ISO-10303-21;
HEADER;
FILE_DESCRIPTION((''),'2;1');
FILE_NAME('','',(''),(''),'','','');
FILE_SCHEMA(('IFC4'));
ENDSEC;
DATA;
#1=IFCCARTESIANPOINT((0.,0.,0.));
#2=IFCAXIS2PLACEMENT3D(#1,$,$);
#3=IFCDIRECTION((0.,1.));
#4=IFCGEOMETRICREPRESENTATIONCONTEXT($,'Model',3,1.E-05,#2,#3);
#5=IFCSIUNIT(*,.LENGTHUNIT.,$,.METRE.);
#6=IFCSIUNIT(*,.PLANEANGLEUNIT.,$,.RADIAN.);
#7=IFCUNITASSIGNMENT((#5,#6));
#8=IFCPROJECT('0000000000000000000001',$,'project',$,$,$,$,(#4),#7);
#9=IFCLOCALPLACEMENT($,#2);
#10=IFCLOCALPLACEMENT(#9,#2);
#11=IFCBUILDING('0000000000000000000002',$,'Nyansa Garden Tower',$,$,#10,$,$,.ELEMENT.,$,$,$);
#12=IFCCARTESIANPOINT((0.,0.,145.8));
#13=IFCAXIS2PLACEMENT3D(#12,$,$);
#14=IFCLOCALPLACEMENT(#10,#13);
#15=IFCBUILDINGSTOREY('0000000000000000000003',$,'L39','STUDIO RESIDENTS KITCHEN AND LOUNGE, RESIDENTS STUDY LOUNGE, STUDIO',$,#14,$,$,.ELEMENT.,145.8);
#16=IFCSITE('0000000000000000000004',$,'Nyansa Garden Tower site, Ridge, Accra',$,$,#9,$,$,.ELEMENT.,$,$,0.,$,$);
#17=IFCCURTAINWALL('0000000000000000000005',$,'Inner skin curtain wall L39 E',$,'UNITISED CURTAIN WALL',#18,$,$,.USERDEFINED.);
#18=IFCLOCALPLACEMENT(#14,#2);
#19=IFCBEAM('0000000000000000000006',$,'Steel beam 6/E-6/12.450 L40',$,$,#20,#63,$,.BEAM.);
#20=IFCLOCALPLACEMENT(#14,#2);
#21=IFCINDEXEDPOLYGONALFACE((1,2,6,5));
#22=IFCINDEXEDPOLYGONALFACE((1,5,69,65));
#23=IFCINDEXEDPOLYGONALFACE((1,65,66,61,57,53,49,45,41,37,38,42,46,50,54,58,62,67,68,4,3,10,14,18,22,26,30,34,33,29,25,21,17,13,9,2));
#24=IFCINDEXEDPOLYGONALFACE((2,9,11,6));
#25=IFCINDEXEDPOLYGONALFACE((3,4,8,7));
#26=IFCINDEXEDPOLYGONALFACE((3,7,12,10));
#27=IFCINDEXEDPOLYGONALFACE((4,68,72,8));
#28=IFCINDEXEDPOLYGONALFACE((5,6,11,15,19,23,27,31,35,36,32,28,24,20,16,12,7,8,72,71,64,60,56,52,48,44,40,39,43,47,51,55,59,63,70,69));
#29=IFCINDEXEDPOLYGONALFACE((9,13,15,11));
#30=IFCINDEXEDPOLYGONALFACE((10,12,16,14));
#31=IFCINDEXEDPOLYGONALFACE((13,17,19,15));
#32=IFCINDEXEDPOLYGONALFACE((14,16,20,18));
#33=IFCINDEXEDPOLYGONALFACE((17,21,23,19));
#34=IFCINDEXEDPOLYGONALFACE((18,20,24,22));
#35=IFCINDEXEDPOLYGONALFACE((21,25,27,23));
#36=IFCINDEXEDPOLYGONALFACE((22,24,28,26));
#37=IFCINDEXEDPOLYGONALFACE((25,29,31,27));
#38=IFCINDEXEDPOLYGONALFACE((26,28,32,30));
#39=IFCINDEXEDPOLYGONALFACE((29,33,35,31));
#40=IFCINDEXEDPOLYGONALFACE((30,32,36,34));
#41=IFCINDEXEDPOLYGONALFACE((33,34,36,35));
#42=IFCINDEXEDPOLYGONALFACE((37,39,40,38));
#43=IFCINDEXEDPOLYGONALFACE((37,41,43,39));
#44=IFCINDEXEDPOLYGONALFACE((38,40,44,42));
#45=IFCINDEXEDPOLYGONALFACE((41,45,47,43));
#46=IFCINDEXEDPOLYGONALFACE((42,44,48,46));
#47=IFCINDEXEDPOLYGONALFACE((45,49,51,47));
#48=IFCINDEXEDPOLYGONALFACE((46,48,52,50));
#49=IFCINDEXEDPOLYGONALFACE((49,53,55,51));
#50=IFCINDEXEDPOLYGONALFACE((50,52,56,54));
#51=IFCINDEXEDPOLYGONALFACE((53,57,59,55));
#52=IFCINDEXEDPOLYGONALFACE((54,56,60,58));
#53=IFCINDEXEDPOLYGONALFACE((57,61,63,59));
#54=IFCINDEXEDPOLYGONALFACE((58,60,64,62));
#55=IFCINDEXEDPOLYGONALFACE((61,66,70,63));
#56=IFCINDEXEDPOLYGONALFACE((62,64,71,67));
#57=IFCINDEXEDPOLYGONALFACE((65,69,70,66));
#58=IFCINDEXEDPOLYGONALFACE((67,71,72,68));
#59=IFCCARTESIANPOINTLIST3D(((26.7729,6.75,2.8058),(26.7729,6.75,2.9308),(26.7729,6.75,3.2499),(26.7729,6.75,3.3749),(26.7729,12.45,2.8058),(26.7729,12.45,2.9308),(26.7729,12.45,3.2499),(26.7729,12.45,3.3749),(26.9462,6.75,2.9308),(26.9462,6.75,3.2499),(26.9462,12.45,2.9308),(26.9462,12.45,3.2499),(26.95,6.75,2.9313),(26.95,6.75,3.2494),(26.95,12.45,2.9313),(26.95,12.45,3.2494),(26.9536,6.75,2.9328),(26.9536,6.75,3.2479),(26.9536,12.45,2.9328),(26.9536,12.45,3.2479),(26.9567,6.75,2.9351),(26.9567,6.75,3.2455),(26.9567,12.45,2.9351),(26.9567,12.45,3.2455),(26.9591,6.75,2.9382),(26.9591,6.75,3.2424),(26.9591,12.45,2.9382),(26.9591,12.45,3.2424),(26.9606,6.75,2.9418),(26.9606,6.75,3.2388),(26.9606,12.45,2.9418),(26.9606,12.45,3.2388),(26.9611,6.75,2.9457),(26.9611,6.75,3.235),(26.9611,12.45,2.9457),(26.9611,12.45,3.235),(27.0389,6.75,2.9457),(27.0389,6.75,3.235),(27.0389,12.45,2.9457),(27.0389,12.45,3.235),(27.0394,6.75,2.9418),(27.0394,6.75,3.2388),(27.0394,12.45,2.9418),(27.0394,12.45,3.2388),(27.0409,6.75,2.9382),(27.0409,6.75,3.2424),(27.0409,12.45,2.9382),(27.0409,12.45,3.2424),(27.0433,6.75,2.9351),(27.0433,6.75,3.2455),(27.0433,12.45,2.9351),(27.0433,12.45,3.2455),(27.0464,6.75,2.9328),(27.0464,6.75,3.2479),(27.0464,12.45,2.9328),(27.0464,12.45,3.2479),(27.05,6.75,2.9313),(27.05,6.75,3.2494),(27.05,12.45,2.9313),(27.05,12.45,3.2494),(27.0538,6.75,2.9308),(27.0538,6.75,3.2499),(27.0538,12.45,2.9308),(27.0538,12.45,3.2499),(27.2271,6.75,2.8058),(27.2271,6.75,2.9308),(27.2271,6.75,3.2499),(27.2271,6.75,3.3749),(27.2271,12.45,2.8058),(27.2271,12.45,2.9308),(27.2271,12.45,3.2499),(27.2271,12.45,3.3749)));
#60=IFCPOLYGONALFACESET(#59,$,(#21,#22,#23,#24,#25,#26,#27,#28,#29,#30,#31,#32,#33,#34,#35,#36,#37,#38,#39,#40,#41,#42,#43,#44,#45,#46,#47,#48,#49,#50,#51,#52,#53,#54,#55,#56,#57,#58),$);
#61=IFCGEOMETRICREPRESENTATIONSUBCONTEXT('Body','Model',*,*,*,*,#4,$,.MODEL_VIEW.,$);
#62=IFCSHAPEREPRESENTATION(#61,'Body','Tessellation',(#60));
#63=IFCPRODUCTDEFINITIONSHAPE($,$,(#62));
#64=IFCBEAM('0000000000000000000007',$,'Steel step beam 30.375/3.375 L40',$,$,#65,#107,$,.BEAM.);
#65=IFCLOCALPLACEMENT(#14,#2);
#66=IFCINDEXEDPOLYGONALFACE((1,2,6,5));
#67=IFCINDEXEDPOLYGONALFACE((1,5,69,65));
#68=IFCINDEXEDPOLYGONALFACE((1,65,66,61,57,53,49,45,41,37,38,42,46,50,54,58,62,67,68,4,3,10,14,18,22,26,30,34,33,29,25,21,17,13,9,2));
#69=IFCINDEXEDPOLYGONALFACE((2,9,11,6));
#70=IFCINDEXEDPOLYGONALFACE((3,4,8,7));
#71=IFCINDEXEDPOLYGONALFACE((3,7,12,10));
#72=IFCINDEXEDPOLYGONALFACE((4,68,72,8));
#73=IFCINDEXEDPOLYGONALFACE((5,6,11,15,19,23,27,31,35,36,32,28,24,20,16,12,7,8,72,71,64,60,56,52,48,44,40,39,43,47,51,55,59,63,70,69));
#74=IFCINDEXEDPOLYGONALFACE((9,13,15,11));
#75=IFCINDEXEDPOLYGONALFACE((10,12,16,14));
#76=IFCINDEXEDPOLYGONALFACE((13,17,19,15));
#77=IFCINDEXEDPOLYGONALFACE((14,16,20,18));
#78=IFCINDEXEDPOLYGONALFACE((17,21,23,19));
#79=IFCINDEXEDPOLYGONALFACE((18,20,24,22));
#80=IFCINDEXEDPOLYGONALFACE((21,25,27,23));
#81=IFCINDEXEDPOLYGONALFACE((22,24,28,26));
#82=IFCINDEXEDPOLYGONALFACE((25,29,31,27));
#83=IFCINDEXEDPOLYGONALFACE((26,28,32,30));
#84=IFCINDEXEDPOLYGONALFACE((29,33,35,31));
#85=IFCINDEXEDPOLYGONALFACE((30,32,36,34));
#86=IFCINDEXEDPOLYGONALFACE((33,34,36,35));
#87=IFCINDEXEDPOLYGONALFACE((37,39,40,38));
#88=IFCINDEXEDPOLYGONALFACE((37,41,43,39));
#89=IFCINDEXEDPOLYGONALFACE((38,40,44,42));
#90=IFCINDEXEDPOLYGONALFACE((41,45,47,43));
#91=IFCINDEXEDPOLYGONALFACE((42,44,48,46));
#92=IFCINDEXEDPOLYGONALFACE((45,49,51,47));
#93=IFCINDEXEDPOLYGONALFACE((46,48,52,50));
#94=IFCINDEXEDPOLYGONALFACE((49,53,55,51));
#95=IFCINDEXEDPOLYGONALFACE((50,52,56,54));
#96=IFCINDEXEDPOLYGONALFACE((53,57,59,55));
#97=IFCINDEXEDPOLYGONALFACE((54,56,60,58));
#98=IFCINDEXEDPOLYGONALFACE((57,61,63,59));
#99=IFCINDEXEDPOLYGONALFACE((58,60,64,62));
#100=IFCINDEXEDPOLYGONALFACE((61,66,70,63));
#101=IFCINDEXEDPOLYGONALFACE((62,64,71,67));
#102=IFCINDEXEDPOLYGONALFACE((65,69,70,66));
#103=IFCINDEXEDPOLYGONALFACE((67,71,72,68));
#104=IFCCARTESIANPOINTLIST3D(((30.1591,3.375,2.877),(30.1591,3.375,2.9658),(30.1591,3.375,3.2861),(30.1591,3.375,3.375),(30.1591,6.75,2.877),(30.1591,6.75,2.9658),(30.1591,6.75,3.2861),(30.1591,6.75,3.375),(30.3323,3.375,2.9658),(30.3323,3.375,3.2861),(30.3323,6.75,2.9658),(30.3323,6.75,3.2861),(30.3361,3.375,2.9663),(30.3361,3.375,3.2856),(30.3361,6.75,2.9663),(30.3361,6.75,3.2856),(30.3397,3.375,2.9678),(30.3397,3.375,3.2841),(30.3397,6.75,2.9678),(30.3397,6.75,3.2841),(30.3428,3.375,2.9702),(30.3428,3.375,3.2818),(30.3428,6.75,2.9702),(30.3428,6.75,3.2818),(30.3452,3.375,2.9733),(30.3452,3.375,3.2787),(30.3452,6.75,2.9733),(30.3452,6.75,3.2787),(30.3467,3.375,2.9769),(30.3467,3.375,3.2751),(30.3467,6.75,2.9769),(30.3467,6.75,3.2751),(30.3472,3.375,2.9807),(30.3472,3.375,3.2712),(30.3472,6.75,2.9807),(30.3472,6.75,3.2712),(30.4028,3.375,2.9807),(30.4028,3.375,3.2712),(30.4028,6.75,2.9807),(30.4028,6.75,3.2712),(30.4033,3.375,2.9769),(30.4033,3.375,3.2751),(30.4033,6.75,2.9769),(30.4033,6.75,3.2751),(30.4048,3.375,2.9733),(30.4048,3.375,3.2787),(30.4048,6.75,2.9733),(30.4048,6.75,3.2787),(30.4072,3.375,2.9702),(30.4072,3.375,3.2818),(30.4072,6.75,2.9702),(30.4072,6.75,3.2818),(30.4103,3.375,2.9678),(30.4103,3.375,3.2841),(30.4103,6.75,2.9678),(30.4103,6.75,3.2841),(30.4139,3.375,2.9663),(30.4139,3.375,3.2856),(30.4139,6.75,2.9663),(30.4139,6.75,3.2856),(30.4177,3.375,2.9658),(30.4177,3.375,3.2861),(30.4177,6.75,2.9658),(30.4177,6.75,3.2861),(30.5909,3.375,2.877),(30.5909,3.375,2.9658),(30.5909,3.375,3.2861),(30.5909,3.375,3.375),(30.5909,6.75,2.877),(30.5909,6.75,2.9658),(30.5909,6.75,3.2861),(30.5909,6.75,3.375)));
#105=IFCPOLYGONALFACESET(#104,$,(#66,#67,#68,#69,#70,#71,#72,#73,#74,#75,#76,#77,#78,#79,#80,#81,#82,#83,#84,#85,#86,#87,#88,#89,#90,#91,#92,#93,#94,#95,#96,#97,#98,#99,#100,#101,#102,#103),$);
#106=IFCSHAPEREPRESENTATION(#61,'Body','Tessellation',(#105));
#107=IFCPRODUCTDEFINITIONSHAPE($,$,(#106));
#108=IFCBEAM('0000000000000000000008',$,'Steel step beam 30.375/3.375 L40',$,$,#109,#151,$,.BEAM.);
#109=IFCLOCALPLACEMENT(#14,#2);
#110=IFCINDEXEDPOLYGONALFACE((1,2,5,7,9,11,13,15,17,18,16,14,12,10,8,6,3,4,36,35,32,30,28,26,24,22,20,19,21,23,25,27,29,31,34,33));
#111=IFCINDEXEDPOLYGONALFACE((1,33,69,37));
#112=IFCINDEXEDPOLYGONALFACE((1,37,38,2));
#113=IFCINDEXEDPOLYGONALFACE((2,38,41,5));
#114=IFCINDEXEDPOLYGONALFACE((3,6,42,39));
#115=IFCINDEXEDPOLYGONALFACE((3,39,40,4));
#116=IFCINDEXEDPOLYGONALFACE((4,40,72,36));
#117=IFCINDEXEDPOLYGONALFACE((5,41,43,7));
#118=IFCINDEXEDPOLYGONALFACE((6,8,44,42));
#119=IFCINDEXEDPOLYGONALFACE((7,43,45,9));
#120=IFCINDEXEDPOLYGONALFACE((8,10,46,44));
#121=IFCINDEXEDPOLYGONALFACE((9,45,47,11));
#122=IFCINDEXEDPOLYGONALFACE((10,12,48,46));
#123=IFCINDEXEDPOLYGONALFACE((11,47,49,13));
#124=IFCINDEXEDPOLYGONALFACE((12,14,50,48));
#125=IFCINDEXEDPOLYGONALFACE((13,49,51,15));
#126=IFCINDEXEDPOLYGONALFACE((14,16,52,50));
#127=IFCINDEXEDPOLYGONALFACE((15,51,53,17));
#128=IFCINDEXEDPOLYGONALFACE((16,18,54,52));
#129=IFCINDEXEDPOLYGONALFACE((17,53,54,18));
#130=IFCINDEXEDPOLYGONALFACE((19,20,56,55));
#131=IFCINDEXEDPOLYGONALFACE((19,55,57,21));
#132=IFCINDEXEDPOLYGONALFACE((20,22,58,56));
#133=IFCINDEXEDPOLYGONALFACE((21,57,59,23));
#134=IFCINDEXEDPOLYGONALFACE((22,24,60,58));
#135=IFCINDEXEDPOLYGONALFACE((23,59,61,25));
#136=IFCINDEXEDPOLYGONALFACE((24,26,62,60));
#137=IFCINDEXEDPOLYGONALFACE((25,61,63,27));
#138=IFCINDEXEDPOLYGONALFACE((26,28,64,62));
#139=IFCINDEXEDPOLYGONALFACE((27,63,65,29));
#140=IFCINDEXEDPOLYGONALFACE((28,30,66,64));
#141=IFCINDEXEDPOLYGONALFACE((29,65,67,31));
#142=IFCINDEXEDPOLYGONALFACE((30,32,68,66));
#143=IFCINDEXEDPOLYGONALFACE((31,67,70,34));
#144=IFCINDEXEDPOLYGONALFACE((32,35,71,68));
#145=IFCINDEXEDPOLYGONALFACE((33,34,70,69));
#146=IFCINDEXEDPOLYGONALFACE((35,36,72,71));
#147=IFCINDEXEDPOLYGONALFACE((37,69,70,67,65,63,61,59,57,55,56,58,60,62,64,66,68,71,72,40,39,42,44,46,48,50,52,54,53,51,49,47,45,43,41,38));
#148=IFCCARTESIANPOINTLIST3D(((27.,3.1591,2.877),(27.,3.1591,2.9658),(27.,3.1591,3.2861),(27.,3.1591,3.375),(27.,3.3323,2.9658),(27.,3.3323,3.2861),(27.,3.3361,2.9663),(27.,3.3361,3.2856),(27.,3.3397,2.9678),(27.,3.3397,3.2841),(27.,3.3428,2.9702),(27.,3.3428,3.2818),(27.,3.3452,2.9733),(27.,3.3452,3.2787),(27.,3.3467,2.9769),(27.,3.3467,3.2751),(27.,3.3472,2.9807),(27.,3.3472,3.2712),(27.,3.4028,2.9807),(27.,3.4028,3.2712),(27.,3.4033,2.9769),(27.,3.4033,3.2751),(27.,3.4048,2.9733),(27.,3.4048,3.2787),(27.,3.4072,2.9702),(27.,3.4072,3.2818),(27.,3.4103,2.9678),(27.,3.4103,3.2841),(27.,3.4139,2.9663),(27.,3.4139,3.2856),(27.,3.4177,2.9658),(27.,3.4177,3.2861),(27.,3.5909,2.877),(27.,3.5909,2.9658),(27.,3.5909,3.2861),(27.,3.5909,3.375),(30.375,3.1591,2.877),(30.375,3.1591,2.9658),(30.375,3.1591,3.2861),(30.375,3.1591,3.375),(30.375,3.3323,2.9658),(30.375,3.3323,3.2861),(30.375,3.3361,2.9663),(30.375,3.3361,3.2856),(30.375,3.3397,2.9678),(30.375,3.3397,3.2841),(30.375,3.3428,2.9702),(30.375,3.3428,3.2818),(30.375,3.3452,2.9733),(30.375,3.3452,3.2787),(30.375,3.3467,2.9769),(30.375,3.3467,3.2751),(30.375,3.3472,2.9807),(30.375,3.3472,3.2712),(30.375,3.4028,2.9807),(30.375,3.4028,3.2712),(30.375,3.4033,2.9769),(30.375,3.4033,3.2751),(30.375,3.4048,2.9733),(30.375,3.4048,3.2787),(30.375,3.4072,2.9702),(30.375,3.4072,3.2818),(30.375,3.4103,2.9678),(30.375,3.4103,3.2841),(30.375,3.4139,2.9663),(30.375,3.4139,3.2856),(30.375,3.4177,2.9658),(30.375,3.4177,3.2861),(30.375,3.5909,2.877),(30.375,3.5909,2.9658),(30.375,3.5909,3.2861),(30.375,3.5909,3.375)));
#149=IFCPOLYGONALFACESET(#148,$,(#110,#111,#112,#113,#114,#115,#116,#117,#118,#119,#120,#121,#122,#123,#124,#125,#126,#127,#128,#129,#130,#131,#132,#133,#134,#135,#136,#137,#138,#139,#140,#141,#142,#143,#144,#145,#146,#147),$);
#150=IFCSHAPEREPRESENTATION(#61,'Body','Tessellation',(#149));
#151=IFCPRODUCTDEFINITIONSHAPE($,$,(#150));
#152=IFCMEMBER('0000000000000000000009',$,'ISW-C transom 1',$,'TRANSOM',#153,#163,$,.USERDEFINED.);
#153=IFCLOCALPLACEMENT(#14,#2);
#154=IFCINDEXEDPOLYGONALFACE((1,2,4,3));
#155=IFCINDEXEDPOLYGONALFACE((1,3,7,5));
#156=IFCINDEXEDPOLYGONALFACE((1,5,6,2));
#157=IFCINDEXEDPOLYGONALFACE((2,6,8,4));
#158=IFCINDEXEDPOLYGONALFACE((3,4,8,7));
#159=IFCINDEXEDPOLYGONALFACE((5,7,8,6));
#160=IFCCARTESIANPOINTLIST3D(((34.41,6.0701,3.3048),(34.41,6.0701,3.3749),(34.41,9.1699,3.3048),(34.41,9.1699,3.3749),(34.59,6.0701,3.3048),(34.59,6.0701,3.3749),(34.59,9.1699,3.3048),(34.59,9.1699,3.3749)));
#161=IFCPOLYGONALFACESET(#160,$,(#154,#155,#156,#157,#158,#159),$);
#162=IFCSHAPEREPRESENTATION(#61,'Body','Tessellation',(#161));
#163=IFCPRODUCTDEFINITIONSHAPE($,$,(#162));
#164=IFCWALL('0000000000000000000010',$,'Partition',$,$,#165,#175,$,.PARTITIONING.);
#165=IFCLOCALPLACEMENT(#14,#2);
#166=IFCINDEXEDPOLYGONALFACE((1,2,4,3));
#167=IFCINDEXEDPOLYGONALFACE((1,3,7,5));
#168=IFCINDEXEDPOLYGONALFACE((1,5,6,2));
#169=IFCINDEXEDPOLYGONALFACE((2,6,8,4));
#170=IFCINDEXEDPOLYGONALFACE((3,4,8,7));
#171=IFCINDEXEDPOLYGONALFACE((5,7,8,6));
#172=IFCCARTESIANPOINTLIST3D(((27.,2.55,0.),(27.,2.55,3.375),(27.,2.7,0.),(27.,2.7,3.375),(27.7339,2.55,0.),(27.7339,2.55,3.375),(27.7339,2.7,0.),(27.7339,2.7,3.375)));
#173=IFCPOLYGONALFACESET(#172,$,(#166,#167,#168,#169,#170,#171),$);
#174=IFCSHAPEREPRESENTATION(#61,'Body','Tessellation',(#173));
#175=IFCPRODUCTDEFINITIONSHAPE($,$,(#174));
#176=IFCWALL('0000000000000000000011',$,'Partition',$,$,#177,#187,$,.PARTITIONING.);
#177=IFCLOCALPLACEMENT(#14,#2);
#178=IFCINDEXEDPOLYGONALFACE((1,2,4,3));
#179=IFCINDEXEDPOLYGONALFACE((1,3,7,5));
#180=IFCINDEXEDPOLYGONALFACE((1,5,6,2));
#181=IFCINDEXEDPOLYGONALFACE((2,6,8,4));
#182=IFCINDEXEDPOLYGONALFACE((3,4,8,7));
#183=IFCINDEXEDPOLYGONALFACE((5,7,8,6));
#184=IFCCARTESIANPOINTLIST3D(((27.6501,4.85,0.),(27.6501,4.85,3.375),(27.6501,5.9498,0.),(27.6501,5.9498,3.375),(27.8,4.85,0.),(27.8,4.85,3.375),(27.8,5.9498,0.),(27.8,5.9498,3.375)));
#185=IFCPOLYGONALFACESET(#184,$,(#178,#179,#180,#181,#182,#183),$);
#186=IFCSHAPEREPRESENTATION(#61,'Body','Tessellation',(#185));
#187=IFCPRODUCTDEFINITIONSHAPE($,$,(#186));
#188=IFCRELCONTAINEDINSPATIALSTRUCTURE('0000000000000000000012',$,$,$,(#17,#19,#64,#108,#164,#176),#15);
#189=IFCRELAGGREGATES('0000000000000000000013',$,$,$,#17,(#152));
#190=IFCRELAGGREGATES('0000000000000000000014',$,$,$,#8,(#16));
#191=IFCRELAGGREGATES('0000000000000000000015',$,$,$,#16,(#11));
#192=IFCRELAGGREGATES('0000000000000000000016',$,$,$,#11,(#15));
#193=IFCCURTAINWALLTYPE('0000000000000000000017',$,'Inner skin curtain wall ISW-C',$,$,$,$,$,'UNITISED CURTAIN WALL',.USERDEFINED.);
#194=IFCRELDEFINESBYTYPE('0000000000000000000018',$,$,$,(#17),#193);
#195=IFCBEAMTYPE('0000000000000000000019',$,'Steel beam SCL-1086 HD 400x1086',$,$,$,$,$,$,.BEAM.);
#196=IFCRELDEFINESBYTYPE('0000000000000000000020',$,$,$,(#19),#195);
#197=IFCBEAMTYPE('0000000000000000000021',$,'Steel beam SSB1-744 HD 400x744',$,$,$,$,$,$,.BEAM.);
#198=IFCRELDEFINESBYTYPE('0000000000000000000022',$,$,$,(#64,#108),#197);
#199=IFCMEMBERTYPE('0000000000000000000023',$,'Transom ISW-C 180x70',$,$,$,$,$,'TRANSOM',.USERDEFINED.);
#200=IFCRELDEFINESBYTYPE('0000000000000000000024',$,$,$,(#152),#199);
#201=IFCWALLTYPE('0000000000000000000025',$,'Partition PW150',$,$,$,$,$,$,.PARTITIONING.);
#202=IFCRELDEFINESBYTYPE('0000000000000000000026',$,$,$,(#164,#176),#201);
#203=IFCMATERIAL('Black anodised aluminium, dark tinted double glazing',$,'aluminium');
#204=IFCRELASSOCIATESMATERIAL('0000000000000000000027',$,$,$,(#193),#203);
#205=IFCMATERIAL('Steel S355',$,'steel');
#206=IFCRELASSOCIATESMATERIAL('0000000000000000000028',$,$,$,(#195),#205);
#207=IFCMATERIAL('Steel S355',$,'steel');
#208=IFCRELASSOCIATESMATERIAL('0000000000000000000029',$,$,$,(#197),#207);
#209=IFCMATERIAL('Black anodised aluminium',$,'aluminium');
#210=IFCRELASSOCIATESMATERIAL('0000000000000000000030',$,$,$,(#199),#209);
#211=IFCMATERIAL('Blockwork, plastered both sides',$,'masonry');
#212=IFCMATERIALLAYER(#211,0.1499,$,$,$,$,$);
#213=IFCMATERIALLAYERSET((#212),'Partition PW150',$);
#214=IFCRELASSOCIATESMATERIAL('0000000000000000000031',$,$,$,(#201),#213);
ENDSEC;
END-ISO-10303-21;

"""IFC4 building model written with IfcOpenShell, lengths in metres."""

from ifc_helpers import new_model, si_unit, direction, frame, frame_2d, origin, origin_2d, place, context, subcontext, project, spatial, rectangle, i_section, extrude, material, layer, layer_set, material_profile, profile_set, type_object, element, aggregate, save


model = new_model("IFC4")

# Units and contexts
model_context = context("Model", 3, precision=1e-05, world=origin(), true_north=direction((0.0, 1.0)))
body_context = subcontext(model_context, "Body", "Model", "MODEL_VIEW")
ifc_project = project(units=[si_unit("LENGTHUNIT", "METRE"), si_unit("PLANEANGLEUNIT", "RADIAN")], contexts=[model_context])

# Site, building, storey
site_placement = place(None, origin())
site = spatial("IfcSite", under=ifc_project, at=site_placement, Name="Nyansa Garden Tower site, Ridge, Accra", CompositionType="ELEMENT", RefElevation=0.0)
building_placement = place(site_placement, origin())
building = spatial("IfcBuilding", under=site, at=building_placement, Name="Nyansa Garden Tower", CompositionType="ELEMENT")
storey_placement = place(building_placement, frame((0.0, 0.0, 145.8)))
storey = spatial("IfcBuildingStorey", under=building, at=storey_placement, Name="L39", Description="STUDIO RESIDENTS KITCHEN AND LOUNGE, RESIDENTS STUDY LOUNGE, STUDIO", CompositionType="ELEMENT", Elevation=145.8)

# Curtain wall
ifc_material_1 = material(Name="Black anodised aluminium, dark tinted double glazing", Category="aluminium")
curtain_wall_type = type_object("IfcCurtainWallType", Name="Inner skin curtain wall ISW-C", ElementType="UNITISED CURTAIN WALL", PredefinedType="USERDEFINED", material=ifc_material_1)
curtain_wall_placement = place(storey_placement, origin())
curtain_wall = element("IfcCurtainWall", 1, at=curtain_wall_placement, inside=storey, type_object=curtain_wall_type, Name="Inner skin curtain wall L39 E", ObjectType="UNITISED CURTAIN WALL", PredefinedType="USERDEFINED")

# Beams
ifc_material_2 = material(Name="Steel S355", Category="steel")
ifc_material_profile_1 = material_profile(ifc_material_2, i_section(OverallWidth=0.4541, OverallDepth=0.5691, WebThickness=0.0779, FlangeThickness=0.125, FilletRadius=0.0149, at=origin_2d()), Name="HD 400x1086")
ifc_profile_set_1 = profile_set([ifc_material_profile_1], Name="Steel S355")
beam_type_1 = type_object("IfcBeamType", Name="Steel beam SCL-1086 HD 400x1086", PredefinedType="BEAM", material=ifc_profile_set_1)
beam_placement = place(storey_placement, frame((27.0, 6.75, 3.0903), z_axis=(0.0, 1.0, 0.0), x_axis=(-1.0, 0.0, 0.0)))
element("IfcBeam", 2, at=beam_placement, inside=storey, type_object=beam_type_1, Name="Steel beam 6/E-6/12.450 L40", PredefinedType="BEAM", context=body_context, shape_type="SweptSolid", body=[
    extrude(i_section(OverallWidth=0.4541, OverallDepth=0.5691, WebThickness=0.0779, FlangeThickness=0.125, FilletRadius=0.0149, at=origin_2d()), origin(), (0.0, 0.0, 1.0), 5.7),
])
ifc_material_3 = material(Name="Steel S355", Category="steel")
ifc_material_profile_2 = material_profile(ifc_material_3, i_section(OverallWidth=0.4319, OverallDepth=0.498, WebThickness=0.0557, FlangeThickness=0.0889, FilletRadius=0.0149, at=origin_2d()), Name="HD 400x744")
ifc_profile_set_2 = profile_set([ifc_material_profile_2], Name="Steel S355")
beam_type_2 = type_object("IfcBeamType", Name="Steel beam SSB1-744 HD 400x744", PredefinedType="BEAM", material=ifc_profile_set_2)
for number, where, z_axis, x_axis, name in (
    (3, (30.375, 3.375, 3.126), (0.0, 1.0, 0.0), (-1.0, 0.0, 0.0), "Steel step beam 30.375/3.375 L40"),
    (4, (30.375, 3.375, 3.126), (-1.0, 0.0, 0.0), (0.0, -1.0, 0.0), "Steel step beam 30.375/3.375 L40"),
):
    element("IfcBeam", number, at=place(storey_placement, frame(where, z_axis=z_axis, x_axis=x_axis)), inside=storey, type_object=beam_type_2, Name=name, PredefinedType="BEAM", context=body_context, shape_type="SweptSolid", body=[
        extrude(i_section(OverallWidth=0.4319, OverallDepth=0.498, WebThickness=0.0557, FlangeThickness=0.0889, FilletRadius=0.0149, at=origin_2d()), origin(), (0.0, 0.0, 1.0), 3.375),
    ])

# Member
ifc_material_4 = material(Name="Black anodised aluminium", Category="aluminium")
ifc_material_profile_3 = material_profile(ifc_material_4, rectangle(XDim=0.1799, YDim=0.0701, at=origin_2d()), Name="Transom 180x70")
ifc_profile_set_3 = profile_set([ifc_material_profile_3], Name="Black anodised aluminium")
member_type_1 = type_object("IfcMemberType", Name="Transom ISW-C 180x70", ElementType="TRANSOM", PredefinedType="USERDEFINED", material=ifc_profile_set_3)
member_1_placement = place(storey_placement, frame((34.5, 6.0701, 3.3398), z_axis=(0.0, 1.0, 0.0), x_axis=(-1.0, 0.0, 0.0)))
member_1 = element("IfcMember", 5, at=member_1_placement, type_object=member_type_1, Name="ISW-C transom 1", ObjectType="TRANSOM", PredefinedType="USERDEFINED", context=body_context, shape_type="SweptSolid", body=[
    extrude(rectangle(XDim=0.1799, YDim=0.0701, at=origin_2d()), origin(), (0.0, 0.0, 1.0), 3.0999),
])
aggregate(curtain_wall, [member_1])

# Walls
ifc_material_5 = material(Name="Blockwork, plastered both sides", Category="masonry")
ifc_layer_1 = layer(ifc_material_5, 0.1499)
ifc_layer_set_1 = layer_set([ifc_layer_1], Name="Partition PW150")
wall_type_1 = type_object("IfcWallType", Name="Partition PW150", PredefinedType="PARTITIONING", material=ifc_layer_set_1)
wall_1_placement = place(storey_placement, frame((27.0, 2.625, 0.0), z_axis=(0.0, 0.0, 1.0), x_axis=(1.0, 0.0, 0.0)))
element("IfcWall", 6, at=wall_1_placement, inside=storey, type_object=wall_type_1, Name="Partition", PredefinedType="PARTITIONING", context=body_context, shape_type="SweptSolid", body=[
    extrude(rectangle(XDim=0.7339, YDim=0.1499, at=frame_2d((0.3669, 0.0))), origin(), (0.0, 0.0, 1.0), 3.375),
])
wall_2_placement = place(storey_placement, frame((27.7251, 4.8501, 0.0), z_axis=(0.0, 0.0, 1.0), x_axis=(0.0, 1.0, 0.0)))
element("IfcWall", 7, at=wall_2_placement, inside=storey, type_object=wall_type_1, Name="Partition", PredefinedType="PARTITIONING", context=body_context, shape_type="SweptSolid", body=[
    extrude(rectangle(XDim=1.0999, YDim=0.1499, at=frame_2d((0.5498, 0.0))), origin(), (0.0, 0.0, 1.0), 3.375),
])

save(model, "model.ifc")
